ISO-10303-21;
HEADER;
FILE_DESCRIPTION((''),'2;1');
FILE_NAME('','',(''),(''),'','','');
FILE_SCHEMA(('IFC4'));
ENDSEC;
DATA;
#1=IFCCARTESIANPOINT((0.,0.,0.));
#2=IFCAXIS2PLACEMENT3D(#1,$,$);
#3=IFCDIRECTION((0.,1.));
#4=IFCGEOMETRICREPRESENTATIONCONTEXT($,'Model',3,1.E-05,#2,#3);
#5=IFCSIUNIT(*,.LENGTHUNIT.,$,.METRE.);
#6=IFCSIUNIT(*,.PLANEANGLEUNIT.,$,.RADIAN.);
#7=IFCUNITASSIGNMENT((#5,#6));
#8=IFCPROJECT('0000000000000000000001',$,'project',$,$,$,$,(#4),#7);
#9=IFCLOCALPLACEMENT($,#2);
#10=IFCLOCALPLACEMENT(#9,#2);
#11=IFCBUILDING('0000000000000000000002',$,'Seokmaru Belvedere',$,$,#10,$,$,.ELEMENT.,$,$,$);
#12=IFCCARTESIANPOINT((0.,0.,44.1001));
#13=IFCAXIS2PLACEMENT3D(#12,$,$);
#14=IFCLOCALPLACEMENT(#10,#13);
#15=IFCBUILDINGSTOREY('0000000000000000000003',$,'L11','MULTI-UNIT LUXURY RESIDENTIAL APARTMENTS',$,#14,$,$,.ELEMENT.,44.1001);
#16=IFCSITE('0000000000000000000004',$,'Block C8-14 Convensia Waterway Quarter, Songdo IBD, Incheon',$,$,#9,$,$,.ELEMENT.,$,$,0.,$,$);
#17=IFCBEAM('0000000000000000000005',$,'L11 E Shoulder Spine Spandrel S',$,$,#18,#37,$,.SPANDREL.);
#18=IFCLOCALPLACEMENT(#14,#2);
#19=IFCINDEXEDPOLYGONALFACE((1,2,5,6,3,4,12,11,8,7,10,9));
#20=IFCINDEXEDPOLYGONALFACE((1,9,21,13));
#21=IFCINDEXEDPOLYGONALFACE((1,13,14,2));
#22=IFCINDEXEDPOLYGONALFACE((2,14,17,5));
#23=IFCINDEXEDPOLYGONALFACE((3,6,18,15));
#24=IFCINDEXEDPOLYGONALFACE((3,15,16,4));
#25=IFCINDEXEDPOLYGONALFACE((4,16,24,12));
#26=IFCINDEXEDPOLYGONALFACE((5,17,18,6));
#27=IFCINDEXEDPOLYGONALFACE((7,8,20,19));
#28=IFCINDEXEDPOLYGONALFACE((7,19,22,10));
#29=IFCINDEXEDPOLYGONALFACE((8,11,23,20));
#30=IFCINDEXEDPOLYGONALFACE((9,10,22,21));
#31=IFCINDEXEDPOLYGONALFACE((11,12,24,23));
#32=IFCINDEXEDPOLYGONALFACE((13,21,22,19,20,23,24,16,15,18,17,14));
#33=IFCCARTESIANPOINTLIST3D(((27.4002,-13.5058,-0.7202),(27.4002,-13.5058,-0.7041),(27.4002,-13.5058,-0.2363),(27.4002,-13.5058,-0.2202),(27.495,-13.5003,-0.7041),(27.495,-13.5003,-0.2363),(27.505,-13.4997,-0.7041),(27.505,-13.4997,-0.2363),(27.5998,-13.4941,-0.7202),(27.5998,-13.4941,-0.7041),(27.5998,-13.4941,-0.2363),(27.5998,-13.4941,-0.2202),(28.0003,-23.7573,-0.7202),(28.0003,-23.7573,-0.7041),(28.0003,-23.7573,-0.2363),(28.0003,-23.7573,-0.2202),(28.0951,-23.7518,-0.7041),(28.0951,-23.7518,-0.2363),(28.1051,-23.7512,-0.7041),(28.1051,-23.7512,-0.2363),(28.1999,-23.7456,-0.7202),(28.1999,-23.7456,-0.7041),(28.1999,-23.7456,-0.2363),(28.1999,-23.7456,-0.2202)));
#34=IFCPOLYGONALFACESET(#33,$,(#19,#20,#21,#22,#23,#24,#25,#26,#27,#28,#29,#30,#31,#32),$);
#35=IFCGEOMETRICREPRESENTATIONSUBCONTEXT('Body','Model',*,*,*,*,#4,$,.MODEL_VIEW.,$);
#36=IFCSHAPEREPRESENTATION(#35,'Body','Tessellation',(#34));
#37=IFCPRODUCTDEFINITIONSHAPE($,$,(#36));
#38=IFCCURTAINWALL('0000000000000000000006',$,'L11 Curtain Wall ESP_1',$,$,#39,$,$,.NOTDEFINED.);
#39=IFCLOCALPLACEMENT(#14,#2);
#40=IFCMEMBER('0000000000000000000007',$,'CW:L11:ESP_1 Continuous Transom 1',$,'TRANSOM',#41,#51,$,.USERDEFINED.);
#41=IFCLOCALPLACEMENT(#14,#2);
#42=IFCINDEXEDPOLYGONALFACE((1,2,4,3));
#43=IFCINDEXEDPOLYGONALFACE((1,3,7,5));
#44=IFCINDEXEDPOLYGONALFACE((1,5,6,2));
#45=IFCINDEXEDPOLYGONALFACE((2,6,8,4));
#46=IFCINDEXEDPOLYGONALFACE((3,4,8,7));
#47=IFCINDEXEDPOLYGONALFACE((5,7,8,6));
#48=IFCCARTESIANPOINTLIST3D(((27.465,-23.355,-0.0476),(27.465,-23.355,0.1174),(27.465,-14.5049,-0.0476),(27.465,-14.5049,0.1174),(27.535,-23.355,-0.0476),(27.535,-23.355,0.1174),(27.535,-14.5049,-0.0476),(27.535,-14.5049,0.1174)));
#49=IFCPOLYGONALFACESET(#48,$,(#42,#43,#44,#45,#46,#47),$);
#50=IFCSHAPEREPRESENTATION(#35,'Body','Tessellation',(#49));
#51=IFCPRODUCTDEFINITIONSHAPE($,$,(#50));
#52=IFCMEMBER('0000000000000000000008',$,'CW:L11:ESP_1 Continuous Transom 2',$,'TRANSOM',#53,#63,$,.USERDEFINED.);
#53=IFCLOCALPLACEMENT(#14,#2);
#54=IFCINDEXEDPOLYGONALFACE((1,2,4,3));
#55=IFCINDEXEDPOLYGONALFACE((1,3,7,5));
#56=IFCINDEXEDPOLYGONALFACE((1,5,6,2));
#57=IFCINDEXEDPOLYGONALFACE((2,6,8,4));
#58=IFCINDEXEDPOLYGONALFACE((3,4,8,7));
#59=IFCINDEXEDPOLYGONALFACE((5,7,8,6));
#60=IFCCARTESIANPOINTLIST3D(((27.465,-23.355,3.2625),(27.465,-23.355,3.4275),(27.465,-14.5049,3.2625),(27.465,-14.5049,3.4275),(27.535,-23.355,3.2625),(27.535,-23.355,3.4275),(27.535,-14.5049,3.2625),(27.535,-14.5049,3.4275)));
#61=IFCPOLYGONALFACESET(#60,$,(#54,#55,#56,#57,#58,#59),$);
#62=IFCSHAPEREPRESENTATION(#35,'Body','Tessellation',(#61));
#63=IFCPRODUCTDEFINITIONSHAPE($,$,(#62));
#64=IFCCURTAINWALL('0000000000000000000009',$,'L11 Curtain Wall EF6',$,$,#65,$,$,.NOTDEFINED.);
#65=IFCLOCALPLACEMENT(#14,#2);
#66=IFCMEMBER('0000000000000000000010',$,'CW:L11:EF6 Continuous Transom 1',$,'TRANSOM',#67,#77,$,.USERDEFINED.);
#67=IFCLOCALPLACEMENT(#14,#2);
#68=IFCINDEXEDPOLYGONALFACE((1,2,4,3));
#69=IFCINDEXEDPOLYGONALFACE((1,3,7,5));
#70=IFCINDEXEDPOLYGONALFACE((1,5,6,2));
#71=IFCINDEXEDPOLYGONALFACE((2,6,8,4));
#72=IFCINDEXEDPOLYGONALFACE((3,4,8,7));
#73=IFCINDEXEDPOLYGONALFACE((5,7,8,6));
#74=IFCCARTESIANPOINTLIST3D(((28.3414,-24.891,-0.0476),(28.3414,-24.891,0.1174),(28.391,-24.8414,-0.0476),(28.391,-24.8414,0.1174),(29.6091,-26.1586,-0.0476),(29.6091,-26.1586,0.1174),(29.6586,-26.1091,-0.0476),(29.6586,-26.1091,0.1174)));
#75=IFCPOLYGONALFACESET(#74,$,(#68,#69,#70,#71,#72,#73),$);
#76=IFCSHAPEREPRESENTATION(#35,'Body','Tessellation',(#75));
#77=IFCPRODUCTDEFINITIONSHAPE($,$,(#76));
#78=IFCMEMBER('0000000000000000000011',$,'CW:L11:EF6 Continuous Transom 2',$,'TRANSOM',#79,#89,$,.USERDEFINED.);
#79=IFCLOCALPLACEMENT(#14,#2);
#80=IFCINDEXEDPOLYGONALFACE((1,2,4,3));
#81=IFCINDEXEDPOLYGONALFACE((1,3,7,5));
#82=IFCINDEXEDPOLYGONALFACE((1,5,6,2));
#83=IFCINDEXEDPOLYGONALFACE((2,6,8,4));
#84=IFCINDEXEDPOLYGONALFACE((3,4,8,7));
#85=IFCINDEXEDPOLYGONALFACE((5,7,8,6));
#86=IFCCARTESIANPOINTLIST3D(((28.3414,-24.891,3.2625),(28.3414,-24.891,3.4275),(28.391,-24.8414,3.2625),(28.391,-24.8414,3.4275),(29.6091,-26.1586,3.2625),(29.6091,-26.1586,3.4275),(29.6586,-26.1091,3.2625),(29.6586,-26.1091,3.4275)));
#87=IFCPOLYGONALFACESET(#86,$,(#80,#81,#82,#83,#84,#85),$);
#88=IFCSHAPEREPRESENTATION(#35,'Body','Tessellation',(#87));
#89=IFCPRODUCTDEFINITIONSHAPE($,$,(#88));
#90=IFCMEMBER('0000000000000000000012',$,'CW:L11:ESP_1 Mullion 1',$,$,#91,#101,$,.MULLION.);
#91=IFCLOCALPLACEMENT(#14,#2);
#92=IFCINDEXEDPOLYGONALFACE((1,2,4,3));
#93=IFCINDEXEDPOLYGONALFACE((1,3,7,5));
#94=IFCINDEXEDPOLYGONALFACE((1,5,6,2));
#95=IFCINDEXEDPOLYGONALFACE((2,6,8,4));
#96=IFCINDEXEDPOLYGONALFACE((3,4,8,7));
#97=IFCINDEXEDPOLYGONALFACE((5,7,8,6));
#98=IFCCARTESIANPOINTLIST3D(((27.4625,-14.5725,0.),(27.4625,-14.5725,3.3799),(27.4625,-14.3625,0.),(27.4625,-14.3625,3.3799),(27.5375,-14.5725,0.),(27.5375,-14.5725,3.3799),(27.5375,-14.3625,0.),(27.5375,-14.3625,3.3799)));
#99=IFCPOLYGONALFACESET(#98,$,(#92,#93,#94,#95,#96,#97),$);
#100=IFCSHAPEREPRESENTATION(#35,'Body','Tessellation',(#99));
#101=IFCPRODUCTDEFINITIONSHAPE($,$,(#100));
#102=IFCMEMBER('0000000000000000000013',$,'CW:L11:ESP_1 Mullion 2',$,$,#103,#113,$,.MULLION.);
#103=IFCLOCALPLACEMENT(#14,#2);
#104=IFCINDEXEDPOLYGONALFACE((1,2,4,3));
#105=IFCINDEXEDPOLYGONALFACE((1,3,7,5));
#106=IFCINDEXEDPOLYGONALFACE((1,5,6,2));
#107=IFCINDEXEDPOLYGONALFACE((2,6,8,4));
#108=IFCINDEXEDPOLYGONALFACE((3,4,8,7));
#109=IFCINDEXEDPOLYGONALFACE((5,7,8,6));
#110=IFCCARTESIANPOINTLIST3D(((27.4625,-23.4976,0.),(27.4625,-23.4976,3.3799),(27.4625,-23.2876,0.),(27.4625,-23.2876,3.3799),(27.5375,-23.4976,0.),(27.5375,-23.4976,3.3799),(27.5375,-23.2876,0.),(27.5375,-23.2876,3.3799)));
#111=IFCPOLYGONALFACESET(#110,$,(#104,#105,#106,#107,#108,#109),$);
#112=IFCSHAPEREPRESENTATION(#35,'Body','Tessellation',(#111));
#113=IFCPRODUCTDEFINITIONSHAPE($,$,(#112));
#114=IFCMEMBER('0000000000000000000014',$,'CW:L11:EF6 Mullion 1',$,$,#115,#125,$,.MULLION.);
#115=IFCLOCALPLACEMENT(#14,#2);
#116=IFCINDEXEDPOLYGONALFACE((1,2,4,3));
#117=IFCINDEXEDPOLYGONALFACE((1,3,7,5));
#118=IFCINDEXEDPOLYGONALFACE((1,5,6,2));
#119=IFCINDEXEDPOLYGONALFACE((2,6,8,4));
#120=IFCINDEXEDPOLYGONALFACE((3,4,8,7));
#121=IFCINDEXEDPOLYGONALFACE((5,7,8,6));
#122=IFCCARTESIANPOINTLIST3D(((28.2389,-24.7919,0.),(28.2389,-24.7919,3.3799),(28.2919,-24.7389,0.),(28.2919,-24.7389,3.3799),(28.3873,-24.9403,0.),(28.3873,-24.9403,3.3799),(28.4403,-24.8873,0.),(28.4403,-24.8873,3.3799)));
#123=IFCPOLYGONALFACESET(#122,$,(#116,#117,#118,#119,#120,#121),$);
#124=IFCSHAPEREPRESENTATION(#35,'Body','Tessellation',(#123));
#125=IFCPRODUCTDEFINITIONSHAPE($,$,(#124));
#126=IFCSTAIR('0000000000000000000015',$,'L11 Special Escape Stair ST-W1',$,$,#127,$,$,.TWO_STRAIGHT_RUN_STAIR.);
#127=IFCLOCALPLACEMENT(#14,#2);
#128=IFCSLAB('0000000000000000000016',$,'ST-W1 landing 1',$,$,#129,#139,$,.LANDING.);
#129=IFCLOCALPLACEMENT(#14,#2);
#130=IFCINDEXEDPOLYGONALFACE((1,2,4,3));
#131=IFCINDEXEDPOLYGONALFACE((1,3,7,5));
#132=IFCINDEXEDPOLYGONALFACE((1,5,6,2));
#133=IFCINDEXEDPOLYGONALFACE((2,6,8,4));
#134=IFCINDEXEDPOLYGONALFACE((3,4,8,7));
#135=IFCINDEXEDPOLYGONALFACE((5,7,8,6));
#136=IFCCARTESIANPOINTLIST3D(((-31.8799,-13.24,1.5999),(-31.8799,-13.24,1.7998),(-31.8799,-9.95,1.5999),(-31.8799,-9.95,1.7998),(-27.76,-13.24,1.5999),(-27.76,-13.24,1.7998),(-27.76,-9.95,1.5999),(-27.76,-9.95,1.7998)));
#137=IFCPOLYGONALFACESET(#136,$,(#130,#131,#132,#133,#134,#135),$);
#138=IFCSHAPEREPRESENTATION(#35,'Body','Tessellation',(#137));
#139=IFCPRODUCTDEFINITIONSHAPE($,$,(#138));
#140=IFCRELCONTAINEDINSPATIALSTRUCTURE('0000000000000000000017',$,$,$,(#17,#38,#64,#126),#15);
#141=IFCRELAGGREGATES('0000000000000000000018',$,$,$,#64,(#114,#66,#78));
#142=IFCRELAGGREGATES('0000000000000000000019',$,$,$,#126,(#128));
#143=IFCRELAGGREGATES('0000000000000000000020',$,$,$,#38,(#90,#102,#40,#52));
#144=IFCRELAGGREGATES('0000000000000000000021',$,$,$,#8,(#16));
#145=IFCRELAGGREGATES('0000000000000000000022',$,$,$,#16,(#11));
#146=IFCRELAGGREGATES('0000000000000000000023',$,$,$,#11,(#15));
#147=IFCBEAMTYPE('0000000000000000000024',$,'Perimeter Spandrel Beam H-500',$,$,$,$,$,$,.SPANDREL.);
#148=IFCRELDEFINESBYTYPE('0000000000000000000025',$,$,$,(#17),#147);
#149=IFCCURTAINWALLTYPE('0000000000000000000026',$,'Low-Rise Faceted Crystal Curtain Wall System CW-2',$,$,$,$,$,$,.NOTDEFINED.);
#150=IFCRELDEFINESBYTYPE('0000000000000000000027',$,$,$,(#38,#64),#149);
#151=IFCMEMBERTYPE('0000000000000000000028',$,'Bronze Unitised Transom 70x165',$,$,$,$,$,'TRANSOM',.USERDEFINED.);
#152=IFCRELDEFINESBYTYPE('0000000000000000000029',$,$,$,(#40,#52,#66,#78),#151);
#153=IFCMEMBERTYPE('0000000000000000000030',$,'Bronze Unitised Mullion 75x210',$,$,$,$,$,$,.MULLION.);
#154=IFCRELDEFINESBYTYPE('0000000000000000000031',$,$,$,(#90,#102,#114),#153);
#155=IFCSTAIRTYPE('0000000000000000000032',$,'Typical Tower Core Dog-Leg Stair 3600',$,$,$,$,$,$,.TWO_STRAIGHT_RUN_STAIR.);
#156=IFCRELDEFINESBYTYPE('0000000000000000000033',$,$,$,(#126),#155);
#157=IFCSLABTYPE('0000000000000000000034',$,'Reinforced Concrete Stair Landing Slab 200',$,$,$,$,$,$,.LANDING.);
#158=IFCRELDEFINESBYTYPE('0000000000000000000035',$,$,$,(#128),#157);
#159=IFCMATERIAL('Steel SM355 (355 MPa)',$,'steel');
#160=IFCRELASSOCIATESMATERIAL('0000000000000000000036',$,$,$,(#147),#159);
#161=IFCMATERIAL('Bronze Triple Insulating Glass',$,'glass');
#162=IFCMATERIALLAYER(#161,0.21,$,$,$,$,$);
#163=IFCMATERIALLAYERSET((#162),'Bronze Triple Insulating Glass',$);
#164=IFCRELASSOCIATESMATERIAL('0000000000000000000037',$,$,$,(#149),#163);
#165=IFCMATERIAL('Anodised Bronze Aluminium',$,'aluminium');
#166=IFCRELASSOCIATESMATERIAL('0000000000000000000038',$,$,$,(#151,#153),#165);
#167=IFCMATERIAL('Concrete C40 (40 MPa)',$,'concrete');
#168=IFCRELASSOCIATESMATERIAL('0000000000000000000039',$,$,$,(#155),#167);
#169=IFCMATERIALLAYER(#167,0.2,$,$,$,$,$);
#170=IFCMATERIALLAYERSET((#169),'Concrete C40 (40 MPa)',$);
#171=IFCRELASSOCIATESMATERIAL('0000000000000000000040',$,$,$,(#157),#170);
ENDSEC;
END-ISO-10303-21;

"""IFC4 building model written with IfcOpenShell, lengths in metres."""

from ifc_helpers import new_model, si_unit, direction, frame, origin, origin_2d, place, context, subcontext, project, spatial, polyline, rectangle, i_section, outline, extrude, source, transform, mapped, material, layer, layer_set, material_profile, profile_set, type_object, type_shapes, element, aggregate, save


model = new_model("IFC4")

# Units and contexts
model_context = context("Model", 3, precision=1e-05, world=origin(), true_north=direction((0.0, 1.0)))
body_context = subcontext(model_context, "Body", "Model", "MODEL_VIEW")
ifc_project = project(units=[si_unit("LENGTHUNIT", "METRE"), si_unit("PLANEANGLEUNIT", "RADIAN")], contexts=[model_context])

# Site, building, storey
site_placement = place(None, origin())
site = spatial("IfcSite", under=ifc_project, at=site_placement, Name="Block C8-14 Convensia Waterway Quarter, Songdo IBD, Incheon", CompositionType="ELEMENT", RefElevation=0.0)
building_placement = place(site_placement, origin())
building = spatial("IfcBuilding", under=site, at=building_placement, Name="Seokmaru Belvedere", CompositionType="ELEMENT")
storey_placement = place(building_placement, frame((0.0, 0.0, 44.1001)))
storey = spatial("IfcBuildingStorey", under=building, at=storey_placement, Name="L11", Description="MULTI-UNIT LUXURY RESIDENTIAL APARTMENTS", CompositionType="ELEMENT", Elevation=44.1001)

# Shared definitions
ifc_material_1 = material(Name="Steel SM355 (355 MPa)", Category="steel")

# Beam
ifc_material_profile_1 = material_profile(ifc_material_1, i_section(OverallWidth=0.2, OverallDepth=0.5, WebThickness=0.01, FlangeThickness=0.0161, at=origin_2d()), Name="H-500x200x10x16")
ifc_profile_set_1 = profile_set([ifc_material_profile_1], Name="Steel SM355 (355 MPa)")
beam_type_1 = type_object("IfcBeamType", Name="Perimeter Spandrel Beam H-500", PredefinedType="SPANDREL", material=ifc_profile_set_1)
shared_shape_1 = source(origin(), body_context, "Body", "SweptSolid", [
    extrude(i_section(OverallWidth=0.2, OverallDepth=0.5, WebThickness=0.01, FlangeThickness=0.0161, at=origin_2d()), origin(), (0.0, 0.0, 1.0), 10.269),
])
beam_1_placement = place(storey_placement, frame((28.1001, -23.7515, -0.4702), z_axis=(-0.058438, 0.998291, 0.0), x_axis=(-0.998291, -0.058438, 0.0)))
element("IfcBeam", 1, at=beam_1_placement, inside=storey, type_object=beam_type_1, Name="L11 E Shoulder Spine Spandrel S", PredefinedType="SPANDREL", context=body_context, shape_type="MappedRepresentation", body=[
    mapped(shared_shape_1, transform((0.0, 0.0, 0.0), scale=1.0)),
])

# Curtain walls, members
ifc_material_2 = material(Name="Bronze Triple Insulating Glass", Category="glass")
ifc_layer_1 = layer(ifc_material_2, 0.21)
ifc_layer_set_1 = layer_set([ifc_layer_1], Name="Bronze Triple Insulating Glass")
curtain_wall_type = type_object("IfcCurtainWallType", Name="Low-Rise Faceted Crystal Curtain Wall System CW-2", PredefinedType="NOTDEFINED", material=ifc_layer_set_1)
curtain_wall_1_placement = place(storey_placement, origin())
curtain_wall_1 = element("IfcCurtainWall", 2, at=curtain_wall_1_placement, inside=storey, type_object=curtain_wall_type, Name="L11 Curtain Wall ESP_1", PredefinedType="NOTDEFINED")
ifc_material_3 = material(Name="Anodised Bronze Aluminium", Category="aluminium")
ifc_material_profile_2 = material_profile(ifc_material_3, rectangle(XDim=0.0701, YDim=0.165, at=origin_2d()), Name="CW-T-70x165")
ifc_profile_set_2 = profile_set([ifc_material_profile_2], Name="Anodised Bronze Aluminium")
member_type_1 = type_object("IfcMemberType", Name="Bronze Unitised Transom 70x165", ElementType="TRANSOM", PredefinedType="USERDEFINED", material=ifc_profile_set_2)
shared_shape_2 = source(origin(), body_context, "Body", "SweptSolid", [
    extrude(rectangle(XDim=0.0701, YDim=0.165, at=origin_2d()), origin(), (0.0, 0.0, 1.0), 8.8501),
])
member_1_placement = place(storey_placement, frame((27.5, -14.5049, 0.0349), z_axis=(0.0, -1.0, 0.0), x_axis=(1.0, 0.0, 0.0)))
member_1 = element("IfcMember", 3, at=member_1_placement, type_object=member_type_1, Name="CW:L11:ESP_1 Continuous Transom 1", ObjectType="TRANSOM", PredefinedType="USERDEFINED", context=body_context, shape_type="MappedRepresentation", body=[
    mapped(shared_shape_2, transform((0.0, 0.0, 0.0), scale=1.0)),
])
member_2_placement = place(storey_placement, frame((27.5, -14.5049, 3.345), z_axis=(0.0, -1.0, 0.0), x_axis=(1.0, 0.0, 0.0)))
member_2 = element("IfcMember", 4, at=member_2_placement, type_object=member_type_1, Name="CW:L11:ESP_1 Continuous Transom 2", ObjectType="TRANSOM", PredefinedType="USERDEFINED", context=body_context, shape_type="MappedRepresentation", body=[
    mapped(shared_shape_2, transform((0.0, 0.0, 0.0), scale=1.0)),
])
curtain_wall_2_placement = place(storey_placement, origin())
curtain_wall_2 = element("IfcCurtainWall", 5, at=curtain_wall_2_placement, inside=storey, type_object=curtain_wall_type, Name="L11 Curtain Wall EF6", PredefinedType="NOTDEFINED")
shared_shape_3 = source(origin(), body_context, "Body", "SweptSolid", [
    extrude(rectangle(XDim=0.0701, YDim=0.165, at=origin_2d()), origin(), (0.0, 0.0, 1.0), 1.7927),
])
type_shapes(member_type_1, [shared_shape_2, shared_shape_3])
member_3_placement = place(storey_placement, frame((28.3662, -24.8662, 0.0349), z_axis=(0.707107, -0.707107, 0.0), x_axis=(0.707107, 0.707107, 0.0)))
member_3 = element("IfcMember", 6, at=member_3_placement, type_object=member_type_1, Name="CW:L11:EF6 Continuous Transom 1", ObjectType="TRANSOM", PredefinedType="USERDEFINED", context=body_context, shape_type="MappedRepresentation", body=[
    mapped(shared_shape_3, transform((0.0, 0.0, 0.0), scale=1.0)),
])
member_4_placement = place(storey_placement, frame((28.3662, -24.8662, 3.345), z_axis=(0.707107, -0.707107, 0.0), x_axis=(0.707107, 0.707107, 0.0)))
member_4 = element("IfcMember", 7, at=member_4_placement, type_object=member_type_1, Name="CW:L11:EF6 Continuous Transom 2", ObjectType="TRANSOM", PredefinedType="USERDEFINED", context=body_context, shape_type="MappedRepresentation", body=[
    mapped(shared_shape_3, transform((0.0, 0.0, 0.0), scale=1.0)),
])

# Members
ifc_material_profile_3 = material_profile(ifc_material_3, rectangle(XDim=0.075, YDim=0.21, at=origin_2d()), Name="CW-M-75x210")
ifc_profile_set_3 = profile_set([ifc_material_profile_3], Name="Anodised Bronze Aluminium")
member_type_2 = type_object("IfcMemberType", Name="Bronze Unitised Mullion 75x210", PredefinedType="MULLION", material=ifc_profile_set_3)
shared_shape_4 = source(origin(), body_context, "Body", "SweptSolid", [
    extrude(rectangle(XDim=0.075, YDim=0.21, at=origin_2d()), origin(), (0.0, 0.0, 1.0), 3.3799),
])
type_shapes(member_type_2, [shared_shape_4])
member_5_placement = place(storey_placement, frame((27.5, -14.4675, 0.0), z_axis=(0.0, 0.0, 1.0), x_axis=(1.0, 0.0, 0.0)))
member_5 = element("IfcMember", 8, at=member_5_placement, type_object=member_type_2, Name="CW:L11:ESP_1 Mullion 1", PredefinedType="MULLION", context=body_context, shape_type="MappedRepresentation", body=[
    mapped(shared_shape_4, transform((0.0, 0.0, 0.0), scale=1.0)),
])
member_6_placement = place(storey_placement, frame((27.5, -23.3926, 0.0), z_axis=(0.0, 0.0, 1.0), x_axis=(1.0, 0.0, 0.0)))
member_6 = element("IfcMember", 9, at=member_6_placement, type_object=member_type_2, Name="CW:L11:ESP_1 Mullion 2", PredefinedType="MULLION", context=body_context, shape_type="MappedRepresentation", body=[
    mapped(shared_shape_4, transform((0.0, 0.0, 0.0), scale=1.0)),
])
member_7_placement = place(storey_placement, frame((28.3396, -24.8396, 0.0), z_axis=(0.0, 0.0, 1.0), x_axis=(0.707107, 0.707107, 0.0)))
member_7 = element("IfcMember", 10, at=member_7_placement, type_object=member_type_2, Name="CW:L11:EF6 Mullion 1", PredefinedType="MULLION", context=body_context, shape_type="MappedRepresentation", body=[
    mapped(shared_shape_4, transform((0.0, 0.0, 0.0), scale=1.0)),
])
aggregate(curtain_wall_2, [member_7, member_3, member_4])

# Stair, slab
ifc_material_4 = material(Name="Concrete C40 (40 MPa)", Category="concrete")
stair_type = type_object("IfcStairType", Name="Typical Tower Core Dog-Leg Stair 3600", PredefinedType="TWO_STRAIGHT_RUN_STAIR", material=ifc_material_4)
stair_placement = place(storey_placement, origin())
stair = element("IfcStair", 11, at=stair_placement, inside=storey, type_object=stair_type, Name="L11 Special Escape Stair ST-W1", PredefinedType="TWO_STRAIGHT_RUN_STAIR")
ifc_layer_2 = layer(ifc_material_4, 0.2)
ifc_layer_set_2 = layer_set([ifc_layer_2], Name="Concrete C40 (40 MPa)")
slab_type_1 = type_object("IfcSlabType", Name="Reinforced Concrete Stair Landing Slab 200", PredefinedType="LANDING", material=ifc_layer_set_2)
slab_1_placement = place(storey_placement, frame((0.0, 0.0, 1.5999)))
slab_1 = element("IfcSlab", 12, at=slab_1_placement, type_object=slab_type_1, Name="ST-W1 landing 1", PredefinedType="LANDING", context=body_context, shape_type="SweptSolid", body=[
    extrude(outline(polyline([(-31.8799, -13.24), (-27.76, -13.24), (-27.76, -9.95), (-31.8799, -9.95), (-31.8799, -13.24)])), origin(), (0.0, 0.0, 1.0), 0.2),
])
aggregate(stair, [slab_1])

aggregate(curtain_wall_1, [member_5, member_6, member_1, member_2])

save(model, "model.ifc")
